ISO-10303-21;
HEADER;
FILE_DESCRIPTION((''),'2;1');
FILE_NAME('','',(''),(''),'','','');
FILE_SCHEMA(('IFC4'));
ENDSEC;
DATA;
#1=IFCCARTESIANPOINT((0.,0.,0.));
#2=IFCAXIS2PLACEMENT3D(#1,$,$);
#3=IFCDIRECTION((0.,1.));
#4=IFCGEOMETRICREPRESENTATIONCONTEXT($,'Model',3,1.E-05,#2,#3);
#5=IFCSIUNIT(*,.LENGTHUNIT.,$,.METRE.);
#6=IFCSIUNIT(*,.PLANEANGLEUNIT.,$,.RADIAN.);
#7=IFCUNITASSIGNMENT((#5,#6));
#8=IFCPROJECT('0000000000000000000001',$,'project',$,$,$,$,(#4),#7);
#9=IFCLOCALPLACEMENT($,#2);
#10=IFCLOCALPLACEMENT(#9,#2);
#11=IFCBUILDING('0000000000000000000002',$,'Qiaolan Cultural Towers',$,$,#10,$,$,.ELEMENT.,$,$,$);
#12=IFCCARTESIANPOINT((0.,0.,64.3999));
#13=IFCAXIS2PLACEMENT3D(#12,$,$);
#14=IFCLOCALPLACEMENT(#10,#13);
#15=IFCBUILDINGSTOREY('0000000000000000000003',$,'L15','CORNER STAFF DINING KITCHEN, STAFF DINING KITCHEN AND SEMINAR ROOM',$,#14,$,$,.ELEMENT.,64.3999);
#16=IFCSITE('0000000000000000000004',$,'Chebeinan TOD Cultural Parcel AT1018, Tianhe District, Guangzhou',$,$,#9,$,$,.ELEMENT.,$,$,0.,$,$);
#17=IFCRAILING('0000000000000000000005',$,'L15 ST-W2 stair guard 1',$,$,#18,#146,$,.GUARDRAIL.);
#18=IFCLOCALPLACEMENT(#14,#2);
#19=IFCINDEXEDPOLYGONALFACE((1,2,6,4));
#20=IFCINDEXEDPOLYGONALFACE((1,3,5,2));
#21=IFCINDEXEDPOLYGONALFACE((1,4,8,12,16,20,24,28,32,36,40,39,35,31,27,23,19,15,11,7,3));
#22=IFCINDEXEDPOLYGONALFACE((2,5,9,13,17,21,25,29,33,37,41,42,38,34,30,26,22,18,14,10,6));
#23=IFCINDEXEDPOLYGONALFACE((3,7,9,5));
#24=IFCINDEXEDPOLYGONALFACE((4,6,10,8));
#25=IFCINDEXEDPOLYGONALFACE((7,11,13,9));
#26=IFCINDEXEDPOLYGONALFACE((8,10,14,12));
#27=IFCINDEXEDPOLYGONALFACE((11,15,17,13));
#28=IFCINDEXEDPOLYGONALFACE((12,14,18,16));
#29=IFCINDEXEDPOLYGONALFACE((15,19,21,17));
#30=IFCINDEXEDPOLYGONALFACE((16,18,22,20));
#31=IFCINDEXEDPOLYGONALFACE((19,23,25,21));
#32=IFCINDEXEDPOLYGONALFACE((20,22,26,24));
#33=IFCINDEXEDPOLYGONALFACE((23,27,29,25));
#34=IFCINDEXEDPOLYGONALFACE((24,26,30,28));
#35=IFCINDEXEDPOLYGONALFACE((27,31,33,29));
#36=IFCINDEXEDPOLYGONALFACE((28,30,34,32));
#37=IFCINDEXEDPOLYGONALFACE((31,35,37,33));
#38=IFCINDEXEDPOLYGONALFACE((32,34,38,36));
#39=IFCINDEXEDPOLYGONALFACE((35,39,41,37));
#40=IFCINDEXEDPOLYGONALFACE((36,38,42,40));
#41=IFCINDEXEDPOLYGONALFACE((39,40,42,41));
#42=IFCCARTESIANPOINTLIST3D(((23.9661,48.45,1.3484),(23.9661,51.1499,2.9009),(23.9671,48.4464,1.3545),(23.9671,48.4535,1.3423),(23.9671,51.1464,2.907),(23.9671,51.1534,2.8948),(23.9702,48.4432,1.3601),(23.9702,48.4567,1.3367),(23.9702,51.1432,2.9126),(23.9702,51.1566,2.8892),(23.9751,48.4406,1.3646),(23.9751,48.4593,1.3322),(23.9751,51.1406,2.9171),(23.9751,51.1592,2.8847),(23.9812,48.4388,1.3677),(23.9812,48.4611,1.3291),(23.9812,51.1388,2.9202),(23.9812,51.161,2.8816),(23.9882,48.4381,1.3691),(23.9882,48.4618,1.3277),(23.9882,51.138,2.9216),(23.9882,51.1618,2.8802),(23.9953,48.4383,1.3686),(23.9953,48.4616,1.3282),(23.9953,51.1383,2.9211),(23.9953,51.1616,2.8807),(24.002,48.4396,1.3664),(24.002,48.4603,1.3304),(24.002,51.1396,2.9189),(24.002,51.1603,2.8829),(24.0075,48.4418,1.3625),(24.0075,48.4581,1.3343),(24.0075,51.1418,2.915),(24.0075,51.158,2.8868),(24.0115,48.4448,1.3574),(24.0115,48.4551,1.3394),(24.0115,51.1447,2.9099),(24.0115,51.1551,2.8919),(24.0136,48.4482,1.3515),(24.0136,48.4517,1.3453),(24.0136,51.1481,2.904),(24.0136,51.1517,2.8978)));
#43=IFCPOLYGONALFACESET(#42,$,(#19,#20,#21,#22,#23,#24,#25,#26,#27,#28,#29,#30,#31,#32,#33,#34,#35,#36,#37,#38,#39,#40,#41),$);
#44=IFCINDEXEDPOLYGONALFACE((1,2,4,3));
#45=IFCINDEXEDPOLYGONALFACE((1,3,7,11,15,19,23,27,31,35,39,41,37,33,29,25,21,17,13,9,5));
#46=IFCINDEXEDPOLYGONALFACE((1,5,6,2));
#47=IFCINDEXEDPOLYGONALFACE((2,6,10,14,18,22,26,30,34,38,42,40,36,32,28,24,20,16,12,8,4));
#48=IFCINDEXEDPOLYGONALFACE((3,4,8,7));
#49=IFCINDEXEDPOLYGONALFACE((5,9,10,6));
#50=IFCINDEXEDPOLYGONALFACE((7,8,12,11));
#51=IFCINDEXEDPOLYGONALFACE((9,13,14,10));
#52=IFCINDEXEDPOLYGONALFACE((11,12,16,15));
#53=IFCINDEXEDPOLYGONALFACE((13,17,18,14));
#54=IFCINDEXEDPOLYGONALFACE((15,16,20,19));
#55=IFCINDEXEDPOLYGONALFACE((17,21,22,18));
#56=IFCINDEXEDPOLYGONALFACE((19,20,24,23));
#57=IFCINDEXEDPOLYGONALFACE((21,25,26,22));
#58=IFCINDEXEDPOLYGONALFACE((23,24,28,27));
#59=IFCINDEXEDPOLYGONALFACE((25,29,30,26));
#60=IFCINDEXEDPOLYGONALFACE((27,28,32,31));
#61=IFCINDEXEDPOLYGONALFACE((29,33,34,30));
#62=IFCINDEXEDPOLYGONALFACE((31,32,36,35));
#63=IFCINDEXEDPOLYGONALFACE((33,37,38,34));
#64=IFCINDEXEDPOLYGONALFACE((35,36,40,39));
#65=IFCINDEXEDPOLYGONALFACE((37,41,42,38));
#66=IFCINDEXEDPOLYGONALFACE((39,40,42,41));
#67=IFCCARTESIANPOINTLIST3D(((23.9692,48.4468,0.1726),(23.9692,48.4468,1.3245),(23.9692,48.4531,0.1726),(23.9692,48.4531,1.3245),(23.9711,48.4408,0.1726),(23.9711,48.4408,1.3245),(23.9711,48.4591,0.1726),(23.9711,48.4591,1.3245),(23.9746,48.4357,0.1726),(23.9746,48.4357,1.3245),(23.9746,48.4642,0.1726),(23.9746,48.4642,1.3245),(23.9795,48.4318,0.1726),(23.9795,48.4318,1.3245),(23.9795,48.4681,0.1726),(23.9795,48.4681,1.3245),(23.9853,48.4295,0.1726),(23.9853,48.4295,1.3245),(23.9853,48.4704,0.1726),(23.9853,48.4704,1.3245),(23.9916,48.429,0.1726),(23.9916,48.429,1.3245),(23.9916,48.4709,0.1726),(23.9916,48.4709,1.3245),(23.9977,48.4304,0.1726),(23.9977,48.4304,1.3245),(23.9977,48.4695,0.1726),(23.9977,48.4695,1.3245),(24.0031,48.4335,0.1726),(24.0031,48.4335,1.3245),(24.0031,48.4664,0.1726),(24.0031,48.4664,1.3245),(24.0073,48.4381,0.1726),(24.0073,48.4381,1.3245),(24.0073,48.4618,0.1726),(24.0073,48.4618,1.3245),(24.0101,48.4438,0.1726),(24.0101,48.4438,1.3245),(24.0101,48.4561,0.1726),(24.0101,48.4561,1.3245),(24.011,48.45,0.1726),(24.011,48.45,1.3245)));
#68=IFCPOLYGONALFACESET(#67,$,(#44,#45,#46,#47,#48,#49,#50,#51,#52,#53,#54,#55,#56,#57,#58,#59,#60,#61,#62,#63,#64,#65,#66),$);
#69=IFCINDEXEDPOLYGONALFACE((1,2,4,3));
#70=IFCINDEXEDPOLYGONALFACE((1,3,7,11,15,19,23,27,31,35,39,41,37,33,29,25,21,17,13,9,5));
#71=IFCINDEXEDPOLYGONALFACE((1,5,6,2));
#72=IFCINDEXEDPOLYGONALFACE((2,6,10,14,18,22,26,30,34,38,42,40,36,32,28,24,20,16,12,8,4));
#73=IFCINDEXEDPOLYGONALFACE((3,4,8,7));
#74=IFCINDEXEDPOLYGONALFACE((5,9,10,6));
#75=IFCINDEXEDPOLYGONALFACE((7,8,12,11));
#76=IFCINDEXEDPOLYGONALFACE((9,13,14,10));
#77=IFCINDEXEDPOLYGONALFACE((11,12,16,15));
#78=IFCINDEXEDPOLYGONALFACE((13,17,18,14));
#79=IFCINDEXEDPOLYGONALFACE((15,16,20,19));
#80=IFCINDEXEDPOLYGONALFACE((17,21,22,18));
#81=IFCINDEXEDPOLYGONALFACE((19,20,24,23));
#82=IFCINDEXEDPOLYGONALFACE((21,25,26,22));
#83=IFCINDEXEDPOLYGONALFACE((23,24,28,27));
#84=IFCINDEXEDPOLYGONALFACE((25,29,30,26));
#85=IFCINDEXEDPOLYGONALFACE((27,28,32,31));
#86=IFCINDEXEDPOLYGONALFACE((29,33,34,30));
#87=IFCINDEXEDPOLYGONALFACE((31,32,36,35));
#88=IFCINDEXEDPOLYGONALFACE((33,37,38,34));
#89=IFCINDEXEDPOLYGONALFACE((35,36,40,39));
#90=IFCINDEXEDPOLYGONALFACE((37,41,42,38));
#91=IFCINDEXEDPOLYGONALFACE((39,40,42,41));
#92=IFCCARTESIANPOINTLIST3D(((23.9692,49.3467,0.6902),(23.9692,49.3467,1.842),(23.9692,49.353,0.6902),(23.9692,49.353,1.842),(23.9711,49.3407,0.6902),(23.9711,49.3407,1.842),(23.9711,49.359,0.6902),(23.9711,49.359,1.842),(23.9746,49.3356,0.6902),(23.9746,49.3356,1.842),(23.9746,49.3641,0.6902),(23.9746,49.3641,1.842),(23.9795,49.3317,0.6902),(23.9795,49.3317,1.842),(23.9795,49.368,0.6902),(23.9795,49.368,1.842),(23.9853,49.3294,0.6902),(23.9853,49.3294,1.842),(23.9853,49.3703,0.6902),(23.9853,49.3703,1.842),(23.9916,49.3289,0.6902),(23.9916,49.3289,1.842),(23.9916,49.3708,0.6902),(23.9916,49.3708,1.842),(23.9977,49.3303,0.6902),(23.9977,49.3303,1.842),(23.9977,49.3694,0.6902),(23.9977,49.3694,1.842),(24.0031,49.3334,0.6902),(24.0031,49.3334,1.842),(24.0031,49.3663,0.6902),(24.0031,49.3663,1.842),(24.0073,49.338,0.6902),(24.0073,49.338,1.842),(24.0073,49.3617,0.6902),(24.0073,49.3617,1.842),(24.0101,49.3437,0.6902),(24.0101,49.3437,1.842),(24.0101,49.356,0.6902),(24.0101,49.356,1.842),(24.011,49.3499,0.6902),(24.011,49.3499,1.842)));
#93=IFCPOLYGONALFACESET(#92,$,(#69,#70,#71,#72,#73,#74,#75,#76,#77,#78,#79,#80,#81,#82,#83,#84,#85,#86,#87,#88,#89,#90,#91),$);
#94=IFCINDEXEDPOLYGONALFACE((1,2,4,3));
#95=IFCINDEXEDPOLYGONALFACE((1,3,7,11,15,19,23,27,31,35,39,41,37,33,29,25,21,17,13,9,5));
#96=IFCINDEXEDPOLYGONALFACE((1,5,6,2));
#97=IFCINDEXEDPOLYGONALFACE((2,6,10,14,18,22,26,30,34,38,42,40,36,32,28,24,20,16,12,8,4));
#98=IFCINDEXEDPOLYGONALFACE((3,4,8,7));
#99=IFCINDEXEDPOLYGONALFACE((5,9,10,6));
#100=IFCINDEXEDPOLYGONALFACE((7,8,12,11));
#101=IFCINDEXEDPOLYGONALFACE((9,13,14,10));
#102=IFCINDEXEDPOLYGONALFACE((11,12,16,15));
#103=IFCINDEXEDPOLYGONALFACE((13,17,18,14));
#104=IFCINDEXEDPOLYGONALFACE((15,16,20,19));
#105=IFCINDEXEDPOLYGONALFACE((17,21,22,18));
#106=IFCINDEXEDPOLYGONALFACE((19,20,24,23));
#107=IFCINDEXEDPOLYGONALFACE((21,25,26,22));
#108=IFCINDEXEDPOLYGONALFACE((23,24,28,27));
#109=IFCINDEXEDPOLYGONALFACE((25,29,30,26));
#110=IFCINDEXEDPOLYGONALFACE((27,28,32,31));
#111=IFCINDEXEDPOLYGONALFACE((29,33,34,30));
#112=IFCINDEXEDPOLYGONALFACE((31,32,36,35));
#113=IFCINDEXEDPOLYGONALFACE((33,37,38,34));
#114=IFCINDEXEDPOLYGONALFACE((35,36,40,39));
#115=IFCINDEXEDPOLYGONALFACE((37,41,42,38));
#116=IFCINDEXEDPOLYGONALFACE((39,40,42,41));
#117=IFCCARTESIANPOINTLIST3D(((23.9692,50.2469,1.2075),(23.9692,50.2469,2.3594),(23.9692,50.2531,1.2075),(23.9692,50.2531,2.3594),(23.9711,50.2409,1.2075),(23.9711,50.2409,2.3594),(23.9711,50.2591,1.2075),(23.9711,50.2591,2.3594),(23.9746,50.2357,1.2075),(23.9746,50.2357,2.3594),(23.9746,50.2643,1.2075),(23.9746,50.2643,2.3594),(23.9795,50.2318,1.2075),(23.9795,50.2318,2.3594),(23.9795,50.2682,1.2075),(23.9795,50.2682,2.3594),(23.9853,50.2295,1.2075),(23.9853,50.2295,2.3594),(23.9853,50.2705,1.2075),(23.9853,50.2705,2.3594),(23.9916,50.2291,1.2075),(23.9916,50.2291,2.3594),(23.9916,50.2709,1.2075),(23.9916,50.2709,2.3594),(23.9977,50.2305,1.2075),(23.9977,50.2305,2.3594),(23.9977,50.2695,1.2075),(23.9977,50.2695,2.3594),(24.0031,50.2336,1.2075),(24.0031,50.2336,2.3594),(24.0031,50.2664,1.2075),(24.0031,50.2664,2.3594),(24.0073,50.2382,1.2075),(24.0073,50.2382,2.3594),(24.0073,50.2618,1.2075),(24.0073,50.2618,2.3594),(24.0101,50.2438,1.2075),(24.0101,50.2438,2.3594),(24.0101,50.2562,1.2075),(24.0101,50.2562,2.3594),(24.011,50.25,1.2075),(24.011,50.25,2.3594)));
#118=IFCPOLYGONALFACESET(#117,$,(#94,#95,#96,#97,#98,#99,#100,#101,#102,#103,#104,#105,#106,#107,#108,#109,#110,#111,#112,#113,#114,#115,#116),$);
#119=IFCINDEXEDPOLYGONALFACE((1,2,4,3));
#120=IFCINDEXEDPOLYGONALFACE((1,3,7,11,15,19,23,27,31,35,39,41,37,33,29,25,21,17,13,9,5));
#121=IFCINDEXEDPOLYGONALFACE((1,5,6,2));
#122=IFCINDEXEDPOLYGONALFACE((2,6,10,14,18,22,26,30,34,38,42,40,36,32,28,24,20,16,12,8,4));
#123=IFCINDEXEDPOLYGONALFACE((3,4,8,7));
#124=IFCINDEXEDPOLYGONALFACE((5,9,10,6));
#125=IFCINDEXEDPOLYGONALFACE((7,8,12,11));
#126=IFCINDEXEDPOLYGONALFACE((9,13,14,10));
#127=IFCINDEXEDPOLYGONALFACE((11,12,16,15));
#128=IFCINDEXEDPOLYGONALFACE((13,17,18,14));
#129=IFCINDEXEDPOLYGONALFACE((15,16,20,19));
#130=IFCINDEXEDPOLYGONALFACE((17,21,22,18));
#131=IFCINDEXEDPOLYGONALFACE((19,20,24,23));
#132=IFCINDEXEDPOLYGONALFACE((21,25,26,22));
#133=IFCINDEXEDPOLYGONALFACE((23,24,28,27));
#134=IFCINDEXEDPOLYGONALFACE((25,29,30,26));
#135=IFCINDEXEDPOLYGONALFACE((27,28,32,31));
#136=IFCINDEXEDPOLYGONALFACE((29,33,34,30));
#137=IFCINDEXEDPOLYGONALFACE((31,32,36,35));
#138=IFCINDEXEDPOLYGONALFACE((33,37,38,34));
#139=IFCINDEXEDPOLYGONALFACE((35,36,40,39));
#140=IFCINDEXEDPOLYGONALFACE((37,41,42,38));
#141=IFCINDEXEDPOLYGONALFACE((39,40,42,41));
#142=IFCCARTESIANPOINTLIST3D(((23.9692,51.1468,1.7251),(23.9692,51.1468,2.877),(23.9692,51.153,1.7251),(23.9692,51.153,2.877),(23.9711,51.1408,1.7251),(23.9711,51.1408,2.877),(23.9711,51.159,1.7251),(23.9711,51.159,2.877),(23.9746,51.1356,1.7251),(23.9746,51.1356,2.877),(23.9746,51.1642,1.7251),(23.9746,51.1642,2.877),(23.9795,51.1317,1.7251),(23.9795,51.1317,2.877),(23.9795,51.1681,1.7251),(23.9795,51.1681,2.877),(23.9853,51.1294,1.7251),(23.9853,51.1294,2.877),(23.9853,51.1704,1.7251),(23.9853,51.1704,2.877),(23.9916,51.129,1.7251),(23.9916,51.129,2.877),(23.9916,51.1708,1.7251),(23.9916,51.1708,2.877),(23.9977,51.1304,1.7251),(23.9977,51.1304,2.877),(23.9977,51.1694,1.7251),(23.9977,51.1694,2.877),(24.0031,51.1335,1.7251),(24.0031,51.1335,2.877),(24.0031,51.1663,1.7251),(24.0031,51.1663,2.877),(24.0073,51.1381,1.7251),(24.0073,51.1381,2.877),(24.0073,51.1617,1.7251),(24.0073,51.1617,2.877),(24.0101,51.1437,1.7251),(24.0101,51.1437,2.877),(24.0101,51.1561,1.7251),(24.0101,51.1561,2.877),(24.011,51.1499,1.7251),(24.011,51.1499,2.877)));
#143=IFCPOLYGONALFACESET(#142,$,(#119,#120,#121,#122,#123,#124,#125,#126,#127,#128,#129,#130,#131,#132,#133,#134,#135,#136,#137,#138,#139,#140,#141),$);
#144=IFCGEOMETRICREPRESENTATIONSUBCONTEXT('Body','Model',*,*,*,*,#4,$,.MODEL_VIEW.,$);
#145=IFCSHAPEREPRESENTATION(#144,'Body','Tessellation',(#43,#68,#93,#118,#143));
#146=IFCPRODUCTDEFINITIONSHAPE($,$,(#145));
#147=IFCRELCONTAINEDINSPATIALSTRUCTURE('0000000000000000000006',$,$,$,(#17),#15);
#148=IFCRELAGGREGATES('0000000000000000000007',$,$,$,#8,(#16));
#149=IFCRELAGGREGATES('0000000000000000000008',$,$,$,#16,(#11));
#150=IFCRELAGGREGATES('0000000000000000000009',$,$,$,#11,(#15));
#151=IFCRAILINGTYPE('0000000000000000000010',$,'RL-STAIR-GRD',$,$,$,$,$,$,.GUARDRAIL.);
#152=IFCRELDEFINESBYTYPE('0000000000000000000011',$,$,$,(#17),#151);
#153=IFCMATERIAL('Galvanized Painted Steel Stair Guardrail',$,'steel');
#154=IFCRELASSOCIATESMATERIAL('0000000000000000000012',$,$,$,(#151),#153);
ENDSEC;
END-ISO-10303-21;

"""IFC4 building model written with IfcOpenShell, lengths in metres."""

from ifc_helpers import new_model, si_unit, direction, frame, origin, origin_2d, place, context, subcontext, project, spatial, circle, extrude, material, type_object, element, save


model = new_model("IFC4")

# Units and contexts
model_context = context("Model", 3, precision=1e-05, world=origin(), true_north=direction((0.0, 1.0)))
body_context = subcontext(model_context, "Body", "Model", "MODEL_VIEW")
ifc_project = project(units=[si_unit("LENGTHUNIT", "METRE"), si_unit("PLANEANGLEUNIT", "RADIAN")], contexts=[model_context])

# Site, building, storey
site_placement = place(None, origin())
site = spatial("IfcSite", under=ifc_project, at=site_placement, Name="Chebeinan TOD Cultural Parcel AT1018, Tianhe District, Guangzhou", CompositionType="ELEMENT", RefElevation=0.0)
building_placement = place(site_placement, origin())
building = spatial("IfcBuilding", under=site, at=building_placement, Name="Qiaolan Cultural Towers", CompositionType="ELEMENT")
storey_placement = place(building_placement, frame((0.0, 0.0, 64.3999)))
storey = spatial("IfcBuildingStorey", under=building, at=storey_placement, Name="L15", Description="CORNER STAFF DINING KITCHEN, STAFF DINING KITCHEN AND SEMINAR ROOM", CompositionType="ELEMENT", Elevation=64.3999)

# Railing
ifc_material_1 = material(Name="Galvanized Painted Steel Stair Guardrail", Category="steel")
railing_type_1 = type_object("IfcRailingType", Name="RL-STAIR-GRD", PredefinedType="GUARDRAIL", material=ifc_material_1)
railing_1_placement = place(storey_placement, frame((23.99, 48.45, 0.1726)))
element("IfcRailing", 1, at=railing_1_placement, inside=storey, type_object=railing_type_1, Name="L15 ST-W2 stair guard 1", PredefinedType="GUARDRAIL", context=body_context, shape_type="SweptSolid", body=[
    extrude(circle(Radius=0.0239, at=origin_2d()), frame((0.0, 0.0, 1.1758), z_axis=(0.0, 0.866904, 0.498476), x_axis=(-1.0, 0.0, 0.0)), (0.0, 0.0, 1.0), 3.1145),
    extrude(circle(Radius=0.021, at=origin_2d()), origin(), (0.0, 0.0, 1.0), 1.1519),
    extrude(circle(Radius=0.021, at=origin_2d()), frame((0.0, 0.8999, 0.5176)), (0.0, 0.0, 1.0), 1.1519),
    extrude(circle(Radius=0.021, at=origin_2d()), frame((0.0, 1.8, 1.0349)), (0.0, 0.0, 1.0), 1.1519),
    extrude(circle(Radius=0.021, at=origin_2d()), frame((0.0, 2.7, 1.5525)), (0.0, 0.0, 1.0), 1.1519),
])

save(model, "model.ifc")
